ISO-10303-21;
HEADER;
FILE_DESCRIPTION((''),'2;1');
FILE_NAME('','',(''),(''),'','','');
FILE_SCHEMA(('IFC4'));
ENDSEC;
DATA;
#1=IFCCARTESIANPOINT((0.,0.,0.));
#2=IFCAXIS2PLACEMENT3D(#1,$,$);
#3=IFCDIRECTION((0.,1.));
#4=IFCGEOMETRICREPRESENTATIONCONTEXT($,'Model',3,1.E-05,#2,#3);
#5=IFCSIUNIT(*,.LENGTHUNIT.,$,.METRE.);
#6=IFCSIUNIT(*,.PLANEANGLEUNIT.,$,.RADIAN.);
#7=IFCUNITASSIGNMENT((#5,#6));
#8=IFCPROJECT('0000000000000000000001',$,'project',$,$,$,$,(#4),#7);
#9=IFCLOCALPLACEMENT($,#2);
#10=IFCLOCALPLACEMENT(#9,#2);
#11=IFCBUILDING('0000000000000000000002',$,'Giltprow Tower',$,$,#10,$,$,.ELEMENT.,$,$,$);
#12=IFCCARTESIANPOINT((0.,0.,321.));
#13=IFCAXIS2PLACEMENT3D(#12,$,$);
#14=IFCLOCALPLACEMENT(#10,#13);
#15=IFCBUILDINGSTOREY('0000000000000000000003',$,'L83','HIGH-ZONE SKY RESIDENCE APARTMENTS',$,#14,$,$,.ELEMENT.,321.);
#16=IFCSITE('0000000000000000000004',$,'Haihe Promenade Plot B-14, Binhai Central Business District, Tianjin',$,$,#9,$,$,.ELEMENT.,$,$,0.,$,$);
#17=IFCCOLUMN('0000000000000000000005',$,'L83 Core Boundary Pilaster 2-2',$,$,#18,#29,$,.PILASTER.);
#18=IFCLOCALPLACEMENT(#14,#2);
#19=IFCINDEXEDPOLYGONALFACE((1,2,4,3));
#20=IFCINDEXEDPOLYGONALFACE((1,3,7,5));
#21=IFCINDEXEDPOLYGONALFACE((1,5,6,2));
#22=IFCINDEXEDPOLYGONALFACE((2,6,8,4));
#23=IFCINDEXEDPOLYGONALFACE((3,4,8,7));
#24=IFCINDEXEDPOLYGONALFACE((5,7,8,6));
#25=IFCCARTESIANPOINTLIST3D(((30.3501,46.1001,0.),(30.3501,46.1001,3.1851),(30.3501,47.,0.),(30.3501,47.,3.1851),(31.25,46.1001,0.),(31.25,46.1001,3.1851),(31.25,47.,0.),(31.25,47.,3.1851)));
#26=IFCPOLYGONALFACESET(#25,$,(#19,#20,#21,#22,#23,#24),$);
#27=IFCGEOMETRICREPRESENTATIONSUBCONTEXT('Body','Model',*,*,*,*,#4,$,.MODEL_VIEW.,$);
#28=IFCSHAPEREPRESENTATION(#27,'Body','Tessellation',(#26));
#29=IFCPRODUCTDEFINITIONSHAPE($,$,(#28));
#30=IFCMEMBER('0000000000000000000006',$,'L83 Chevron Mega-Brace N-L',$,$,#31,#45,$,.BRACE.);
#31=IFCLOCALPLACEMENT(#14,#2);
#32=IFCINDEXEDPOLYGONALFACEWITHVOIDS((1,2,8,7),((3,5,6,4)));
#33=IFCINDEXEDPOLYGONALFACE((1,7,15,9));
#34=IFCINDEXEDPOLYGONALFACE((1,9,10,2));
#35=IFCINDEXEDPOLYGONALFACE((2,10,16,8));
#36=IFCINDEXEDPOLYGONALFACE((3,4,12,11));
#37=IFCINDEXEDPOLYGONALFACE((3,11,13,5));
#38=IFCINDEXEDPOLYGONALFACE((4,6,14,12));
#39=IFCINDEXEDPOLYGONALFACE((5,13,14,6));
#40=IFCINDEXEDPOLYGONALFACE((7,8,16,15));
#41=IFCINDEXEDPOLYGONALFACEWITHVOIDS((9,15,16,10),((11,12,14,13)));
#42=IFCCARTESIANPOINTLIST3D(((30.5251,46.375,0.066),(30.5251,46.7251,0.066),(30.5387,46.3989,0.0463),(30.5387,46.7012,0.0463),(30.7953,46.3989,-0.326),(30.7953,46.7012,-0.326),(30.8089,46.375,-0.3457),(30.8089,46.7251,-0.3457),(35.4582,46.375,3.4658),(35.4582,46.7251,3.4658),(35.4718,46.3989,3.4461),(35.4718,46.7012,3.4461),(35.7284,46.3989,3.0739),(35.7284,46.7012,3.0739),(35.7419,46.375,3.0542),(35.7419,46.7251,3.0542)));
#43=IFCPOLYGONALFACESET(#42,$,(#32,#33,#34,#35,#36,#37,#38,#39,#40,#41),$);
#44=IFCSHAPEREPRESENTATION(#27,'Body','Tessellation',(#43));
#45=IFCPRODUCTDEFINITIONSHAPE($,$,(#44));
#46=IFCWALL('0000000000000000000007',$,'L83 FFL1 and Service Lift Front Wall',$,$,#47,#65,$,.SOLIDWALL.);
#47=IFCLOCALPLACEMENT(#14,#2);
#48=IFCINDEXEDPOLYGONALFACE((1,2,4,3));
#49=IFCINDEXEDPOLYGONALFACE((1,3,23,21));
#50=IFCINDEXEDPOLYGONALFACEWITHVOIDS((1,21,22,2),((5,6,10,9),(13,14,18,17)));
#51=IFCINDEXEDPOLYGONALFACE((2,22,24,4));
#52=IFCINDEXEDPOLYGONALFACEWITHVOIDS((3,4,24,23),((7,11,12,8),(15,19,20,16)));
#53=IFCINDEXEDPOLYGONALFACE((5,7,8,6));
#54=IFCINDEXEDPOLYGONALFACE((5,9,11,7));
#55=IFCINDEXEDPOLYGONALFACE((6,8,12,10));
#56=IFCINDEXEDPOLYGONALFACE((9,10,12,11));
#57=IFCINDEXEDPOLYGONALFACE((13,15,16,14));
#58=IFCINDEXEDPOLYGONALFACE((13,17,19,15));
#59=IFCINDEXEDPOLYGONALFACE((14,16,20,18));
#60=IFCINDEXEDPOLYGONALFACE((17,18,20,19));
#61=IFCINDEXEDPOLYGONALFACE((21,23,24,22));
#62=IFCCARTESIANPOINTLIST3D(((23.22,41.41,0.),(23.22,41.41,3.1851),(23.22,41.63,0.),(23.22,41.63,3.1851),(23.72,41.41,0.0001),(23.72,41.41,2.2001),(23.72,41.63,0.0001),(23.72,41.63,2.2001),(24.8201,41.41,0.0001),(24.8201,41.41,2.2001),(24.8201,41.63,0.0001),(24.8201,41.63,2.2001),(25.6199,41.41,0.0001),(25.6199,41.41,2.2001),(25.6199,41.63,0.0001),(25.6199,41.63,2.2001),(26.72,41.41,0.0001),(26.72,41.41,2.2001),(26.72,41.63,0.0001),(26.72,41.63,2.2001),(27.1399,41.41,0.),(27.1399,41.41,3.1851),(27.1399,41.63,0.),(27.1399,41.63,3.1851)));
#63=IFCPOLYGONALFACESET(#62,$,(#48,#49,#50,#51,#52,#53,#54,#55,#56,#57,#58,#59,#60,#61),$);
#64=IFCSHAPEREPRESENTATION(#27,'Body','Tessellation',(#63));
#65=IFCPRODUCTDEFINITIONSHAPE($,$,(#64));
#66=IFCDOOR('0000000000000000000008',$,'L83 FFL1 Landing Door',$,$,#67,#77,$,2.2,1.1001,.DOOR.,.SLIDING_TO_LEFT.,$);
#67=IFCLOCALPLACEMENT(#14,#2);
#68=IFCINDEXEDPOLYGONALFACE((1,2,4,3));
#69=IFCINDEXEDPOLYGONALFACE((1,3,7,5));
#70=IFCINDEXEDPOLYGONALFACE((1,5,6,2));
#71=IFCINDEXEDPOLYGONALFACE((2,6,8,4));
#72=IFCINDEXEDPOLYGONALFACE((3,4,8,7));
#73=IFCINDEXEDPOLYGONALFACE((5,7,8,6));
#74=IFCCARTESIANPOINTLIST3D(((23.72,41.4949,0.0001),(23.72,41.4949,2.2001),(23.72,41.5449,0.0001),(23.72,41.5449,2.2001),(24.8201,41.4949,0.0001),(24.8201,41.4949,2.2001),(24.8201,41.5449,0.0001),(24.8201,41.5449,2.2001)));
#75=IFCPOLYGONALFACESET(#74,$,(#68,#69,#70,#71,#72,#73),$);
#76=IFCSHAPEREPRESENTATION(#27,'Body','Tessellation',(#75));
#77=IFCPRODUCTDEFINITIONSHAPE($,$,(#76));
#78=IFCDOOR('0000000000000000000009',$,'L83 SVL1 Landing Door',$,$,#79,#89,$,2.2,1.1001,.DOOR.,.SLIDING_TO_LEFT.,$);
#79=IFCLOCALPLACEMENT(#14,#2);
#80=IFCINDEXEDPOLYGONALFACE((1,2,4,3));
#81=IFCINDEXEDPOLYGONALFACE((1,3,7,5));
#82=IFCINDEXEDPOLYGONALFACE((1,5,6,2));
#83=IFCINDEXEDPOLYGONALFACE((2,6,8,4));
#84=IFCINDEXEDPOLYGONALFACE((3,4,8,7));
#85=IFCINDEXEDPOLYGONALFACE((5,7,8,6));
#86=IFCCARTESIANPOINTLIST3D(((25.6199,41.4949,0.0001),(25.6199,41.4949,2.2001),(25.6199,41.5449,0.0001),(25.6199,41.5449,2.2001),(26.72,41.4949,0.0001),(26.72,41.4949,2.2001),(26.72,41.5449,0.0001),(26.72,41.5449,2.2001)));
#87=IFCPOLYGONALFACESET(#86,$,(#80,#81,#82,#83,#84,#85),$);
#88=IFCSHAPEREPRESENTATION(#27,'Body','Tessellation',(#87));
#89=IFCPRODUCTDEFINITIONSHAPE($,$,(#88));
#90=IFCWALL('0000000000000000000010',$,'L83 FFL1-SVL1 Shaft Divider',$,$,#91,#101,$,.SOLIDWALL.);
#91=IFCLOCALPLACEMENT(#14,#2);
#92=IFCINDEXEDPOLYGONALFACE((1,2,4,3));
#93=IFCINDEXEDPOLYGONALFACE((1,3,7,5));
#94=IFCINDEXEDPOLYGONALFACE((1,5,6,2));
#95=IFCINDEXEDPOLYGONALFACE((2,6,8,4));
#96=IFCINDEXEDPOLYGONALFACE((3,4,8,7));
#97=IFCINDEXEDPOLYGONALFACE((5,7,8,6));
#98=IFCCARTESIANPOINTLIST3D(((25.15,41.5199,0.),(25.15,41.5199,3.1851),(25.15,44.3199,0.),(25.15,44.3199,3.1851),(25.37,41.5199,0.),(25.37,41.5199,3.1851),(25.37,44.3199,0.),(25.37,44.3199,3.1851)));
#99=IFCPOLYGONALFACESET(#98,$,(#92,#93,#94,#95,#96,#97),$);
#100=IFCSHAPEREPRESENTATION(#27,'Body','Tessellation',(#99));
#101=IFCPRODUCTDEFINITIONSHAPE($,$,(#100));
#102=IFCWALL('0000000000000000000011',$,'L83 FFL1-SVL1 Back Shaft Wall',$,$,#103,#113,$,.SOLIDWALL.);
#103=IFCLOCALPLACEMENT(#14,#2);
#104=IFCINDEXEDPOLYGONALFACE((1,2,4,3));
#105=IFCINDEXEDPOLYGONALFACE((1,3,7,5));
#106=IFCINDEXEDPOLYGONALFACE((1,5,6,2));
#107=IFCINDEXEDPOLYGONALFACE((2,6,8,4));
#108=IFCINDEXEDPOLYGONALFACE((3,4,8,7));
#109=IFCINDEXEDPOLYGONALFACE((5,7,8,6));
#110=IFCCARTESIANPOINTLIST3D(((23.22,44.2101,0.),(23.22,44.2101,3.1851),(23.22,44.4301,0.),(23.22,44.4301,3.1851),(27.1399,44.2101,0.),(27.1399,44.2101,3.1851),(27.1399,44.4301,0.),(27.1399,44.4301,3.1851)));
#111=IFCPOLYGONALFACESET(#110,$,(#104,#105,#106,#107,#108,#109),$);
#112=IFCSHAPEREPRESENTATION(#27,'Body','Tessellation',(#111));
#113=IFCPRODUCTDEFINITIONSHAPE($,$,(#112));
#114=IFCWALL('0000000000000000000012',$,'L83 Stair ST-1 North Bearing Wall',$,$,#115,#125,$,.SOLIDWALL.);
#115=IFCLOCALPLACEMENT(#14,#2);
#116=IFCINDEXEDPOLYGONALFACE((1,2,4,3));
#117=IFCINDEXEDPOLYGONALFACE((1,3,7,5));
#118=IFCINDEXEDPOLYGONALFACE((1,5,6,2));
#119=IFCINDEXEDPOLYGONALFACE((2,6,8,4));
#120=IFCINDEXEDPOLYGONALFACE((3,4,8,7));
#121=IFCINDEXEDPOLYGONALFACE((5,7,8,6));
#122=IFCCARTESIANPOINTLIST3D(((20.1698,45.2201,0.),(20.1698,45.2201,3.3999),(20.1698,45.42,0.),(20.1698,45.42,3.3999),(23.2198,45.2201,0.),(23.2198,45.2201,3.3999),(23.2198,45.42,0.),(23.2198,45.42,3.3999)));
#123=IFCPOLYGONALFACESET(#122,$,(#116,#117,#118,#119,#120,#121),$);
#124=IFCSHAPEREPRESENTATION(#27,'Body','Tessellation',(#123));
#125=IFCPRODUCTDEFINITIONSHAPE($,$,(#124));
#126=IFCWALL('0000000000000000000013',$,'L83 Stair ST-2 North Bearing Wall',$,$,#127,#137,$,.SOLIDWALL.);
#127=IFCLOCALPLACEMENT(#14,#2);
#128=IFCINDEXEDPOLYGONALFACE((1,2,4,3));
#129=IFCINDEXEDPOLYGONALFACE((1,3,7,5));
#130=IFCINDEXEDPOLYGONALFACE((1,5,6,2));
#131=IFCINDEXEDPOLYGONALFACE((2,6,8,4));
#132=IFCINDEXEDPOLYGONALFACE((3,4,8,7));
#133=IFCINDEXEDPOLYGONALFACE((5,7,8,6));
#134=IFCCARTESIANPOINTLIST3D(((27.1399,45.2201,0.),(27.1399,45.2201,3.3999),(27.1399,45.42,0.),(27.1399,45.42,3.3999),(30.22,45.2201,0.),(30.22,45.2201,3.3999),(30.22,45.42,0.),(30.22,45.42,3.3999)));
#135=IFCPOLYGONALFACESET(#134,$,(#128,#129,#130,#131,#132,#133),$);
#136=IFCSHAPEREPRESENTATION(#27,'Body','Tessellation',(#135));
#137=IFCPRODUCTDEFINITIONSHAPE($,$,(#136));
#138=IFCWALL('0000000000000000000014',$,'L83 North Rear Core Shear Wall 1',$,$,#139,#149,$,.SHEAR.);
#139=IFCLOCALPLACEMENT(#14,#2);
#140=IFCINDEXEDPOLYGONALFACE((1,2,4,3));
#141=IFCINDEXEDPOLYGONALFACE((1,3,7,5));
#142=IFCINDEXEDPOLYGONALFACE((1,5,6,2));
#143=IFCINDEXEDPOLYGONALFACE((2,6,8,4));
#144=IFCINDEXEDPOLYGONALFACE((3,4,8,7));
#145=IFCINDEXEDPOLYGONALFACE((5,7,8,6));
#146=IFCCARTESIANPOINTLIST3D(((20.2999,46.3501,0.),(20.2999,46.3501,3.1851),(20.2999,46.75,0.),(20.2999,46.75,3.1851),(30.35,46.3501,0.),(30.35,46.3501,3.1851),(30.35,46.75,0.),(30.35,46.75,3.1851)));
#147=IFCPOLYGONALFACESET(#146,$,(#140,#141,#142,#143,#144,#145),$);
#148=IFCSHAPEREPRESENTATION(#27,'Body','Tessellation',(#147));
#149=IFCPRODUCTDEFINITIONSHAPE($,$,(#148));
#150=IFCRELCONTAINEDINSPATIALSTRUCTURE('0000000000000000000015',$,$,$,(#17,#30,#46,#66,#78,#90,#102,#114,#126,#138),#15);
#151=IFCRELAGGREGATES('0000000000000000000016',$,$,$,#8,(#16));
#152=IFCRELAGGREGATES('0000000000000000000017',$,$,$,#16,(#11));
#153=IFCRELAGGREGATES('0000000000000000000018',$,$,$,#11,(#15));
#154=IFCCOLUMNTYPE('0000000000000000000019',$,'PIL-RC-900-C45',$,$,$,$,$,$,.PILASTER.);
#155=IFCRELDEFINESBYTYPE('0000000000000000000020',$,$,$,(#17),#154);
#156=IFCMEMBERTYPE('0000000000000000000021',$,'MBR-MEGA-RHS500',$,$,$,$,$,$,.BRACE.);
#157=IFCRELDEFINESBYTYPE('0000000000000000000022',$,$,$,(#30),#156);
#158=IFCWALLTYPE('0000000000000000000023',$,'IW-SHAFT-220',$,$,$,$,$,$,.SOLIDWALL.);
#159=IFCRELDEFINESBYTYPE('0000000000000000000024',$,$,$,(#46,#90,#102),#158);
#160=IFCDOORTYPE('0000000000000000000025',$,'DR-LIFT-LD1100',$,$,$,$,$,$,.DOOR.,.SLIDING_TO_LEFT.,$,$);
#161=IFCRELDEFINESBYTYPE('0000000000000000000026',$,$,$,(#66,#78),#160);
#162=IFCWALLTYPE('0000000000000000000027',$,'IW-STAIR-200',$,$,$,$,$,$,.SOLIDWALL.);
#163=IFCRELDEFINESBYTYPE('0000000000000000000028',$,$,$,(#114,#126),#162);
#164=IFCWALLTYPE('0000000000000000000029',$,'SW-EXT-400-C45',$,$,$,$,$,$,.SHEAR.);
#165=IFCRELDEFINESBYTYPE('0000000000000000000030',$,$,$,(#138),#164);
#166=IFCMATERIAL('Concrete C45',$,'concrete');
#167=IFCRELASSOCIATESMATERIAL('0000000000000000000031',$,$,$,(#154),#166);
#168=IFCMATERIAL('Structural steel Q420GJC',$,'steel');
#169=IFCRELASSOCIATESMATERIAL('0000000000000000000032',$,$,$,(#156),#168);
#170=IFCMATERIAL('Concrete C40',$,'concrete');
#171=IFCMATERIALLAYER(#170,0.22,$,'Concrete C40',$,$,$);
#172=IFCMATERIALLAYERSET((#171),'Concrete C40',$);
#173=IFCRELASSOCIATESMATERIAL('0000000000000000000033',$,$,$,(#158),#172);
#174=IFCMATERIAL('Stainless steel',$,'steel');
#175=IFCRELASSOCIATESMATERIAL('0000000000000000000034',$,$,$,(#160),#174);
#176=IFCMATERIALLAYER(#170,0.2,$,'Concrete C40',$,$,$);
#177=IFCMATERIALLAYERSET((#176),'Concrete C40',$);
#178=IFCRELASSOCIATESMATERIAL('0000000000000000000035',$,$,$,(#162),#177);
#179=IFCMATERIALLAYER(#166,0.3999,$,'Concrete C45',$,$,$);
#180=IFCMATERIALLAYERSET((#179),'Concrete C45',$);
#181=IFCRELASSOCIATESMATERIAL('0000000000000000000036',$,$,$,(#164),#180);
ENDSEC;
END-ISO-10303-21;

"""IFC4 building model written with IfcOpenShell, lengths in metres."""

from ifc_helpers import new_model, si_unit, direction, frame, frame_2d, origin, origin_2d, place, context, subcontext, project, spatial, rectangle, hollow_rectangle, extrude, source, transform, mapped, material, layer, layer_set, material_profile, profile_set, type_object, element, fill, save


model = new_model("IFC4")

# Units and contexts
model_context = context("Model", 3, precision=1e-05, world=origin(), true_north=direction((0.0, 1.0)))
body_context = subcontext(model_context, "Body", "Model", "MODEL_VIEW")
ifc_project = project(units=[si_unit("LENGTHUNIT", "METRE"), si_unit("PLANEANGLEUNIT", "RADIAN")], contexts=[model_context])

# Site, building, storey
site_placement = place(None, origin())
site = spatial("IfcSite", under=ifc_project, at=site_placement, Name="Haihe Promenade Plot B-14, Binhai Central Business District, Tianjin", CompositionType="ELEMENT", RefElevation=0.0)
building_placement = place(site_placement, origin())
building = spatial("IfcBuilding", under=site, at=building_placement, Name="Giltprow Tower", CompositionType="ELEMENT")
storey_placement = place(building_placement, frame((0.0, 0.0, 321.0)))
storey = spatial("IfcBuildingStorey", under=building, at=storey_placement, Name="L83", Description="HIGH-ZONE SKY RESIDENCE APARTMENTS", CompositionType="ELEMENT", Elevation=321.0)

# Column
ifc_material_1 = material(Name="Concrete C45", Category="concrete")
ifc_material_profile_1 = material_profile(ifc_material_1, rectangle(XDim=0.8999, YDim=0.8999, at=origin_2d()), Name="RC 900x900")
ifc_profile_set_1 = profile_set([ifc_material_profile_1], Name="Concrete C45")
column_type = type_object("IfcColumnType", Name="PIL-RC-900-C45", PredefinedType="PILASTER", material=ifc_profile_set_1)
shared_shape_1 = source(origin(), body_context, "Body", "SweptSolid", [
    extrude(rectangle(XDim=0.8999, YDim=0.8999, at=origin_2d()), origin(), (0.0, 0.0, 1.0), 3.1851),
])
column_placement = place(storey_placement, frame((30.8, 46.55, 0.0), z_axis=(0.0, 0.0, 1.0), x_axis=(1.0, 0.0, 0.0)))
element("IfcColumn", 1, at=column_placement, inside=storey, type_object=column_type, Name="L83 Core Boundary Pilaster 2-2", PredefinedType="PILASTER", context=body_context, shape_type="MappedRepresentation", body=[
    mapped(shared_shape_1, transform((0.0, 0.0, 0.0), x_axis=(1.0, 0.0, 0.0), y_axis=(0.0, 1.0, 0.0), z_axis=(0.0, 0.0, 1.0), scale=1.0)),
])

# Member
ifc_material_2 = material(Name="Structural steel Q420GJC", Category="steel")
ifc_material_profile_2 = material_profile(ifc_material_2, hollow_rectangle(XDim=0.3501, YDim=0.5, WallThickness=0.0239, at=origin_2d()), Name="RHS 500x350x24")
ifc_profile_set_2 = profile_set([ifc_material_profile_2], Name="Structural steel Q420GJC")
member_type = type_object("IfcMemberType", Name="MBR-MEGA-RHS500", PredefinedType="BRACE", material=ifc_profile_set_2)
shared_shape_2 = source(origin(), body_context, "Body", "SweptSolid", [
    extrude(hollow_rectangle(XDim=0.3501, YDim=0.5, WallThickness=0.0239, at=origin_2d()), origin(), (0.0, 0.0, 1.0), 5.9912),
])
member_placement = place(storey_placement, frame((30.667, 46.55, -0.1399), z_axis=(0.823387, 0.0, 0.56748), x_axis=(0.0, 1.0, 0.0)))
element("IfcMember", 2, at=member_placement, inside=storey, type_object=member_type, Name="L83 Chevron Mega-Brace N-L", PredefinedType="BRACE", context=body_context, shape_type="MappedRepresentation", body=[
    mapped(shared_shape_2, transform((0.0, 0.0, 0.0), x_axis=(1.0, 0.0, 0.0), y_axis=(0.0, 1.0, 0.0), z_axis=(0.0, 0.0, 1.0), scale=1.0)),
])

# Wall, openings, doors
ifc_material_3 = material(Name="Concrete C40", Category="concrete")
ifc_layer_1 = layer(ifc_material_3, 0.22, Name="Concrete C40")
ifc_layer_set_1 = layer_set([ifc_layer_1], Name="Concrete C40")
wall_type_1 = type_object("IfcWallType", Name="IW-SHAFT-220", PredefinedType="SOLIDWALL", material=ifc_layer_set_1)
wall_1_placement = place(storey_placement, frame((23.22, 41.52, 0.0), z_axis=(0.0, 0.0, 1.0), x_axis=(1.0, 0.0, 0.0)))
wall_1 = element("IfcWall", 3, at=wall_1_placement, inside=storey, type_object=wall_type_1, Name="L83 FFL1 and Service Lift Front Wall", PredefinedType="SOLIDWALL", context=body_context, shape_type="SweptSolid", body=[
    extrude(rectangle(XDim=3.9199, YDim=0.22, at=frame_2d((1.96, 0.0))), origin(), (0.0, 0.0, 1.0), 3.1851),
])
opening_1_placement = place(wall_1_placement, frame((0.5, 0.0, 0.0)))
opening_1 = element("IfcOpeningElement", 4, at=opening_1_placement, cuts=wall_1, PredefinedType="OPENING", context=body_context, shape_type="SweptSolid", body=[
    extrude(rectangle(XDim=1.1001, YDim=2.2, at=frame_2d((0.55, 1.1001))), frame((0.0, 0.1199, 0.0), z_axis=(0.0, -1.0, 0.0), x_axis=(1.0, 0.0, 0.0)), (0.0, 0.0, 1.0), 0.24),
])
opening_2_placement = place(wall_1_placement, frame((2.3999, 0.0, 0.0)))
opening_2 = element("IfcOpeningElement", 5, at=opening_2_placement, cuts=wall_1, PredefinedType="OPENING", context=body_context, shape_type="SweptSolid", body=[
    extrude(rectangle(XDim=1.1001, YDim=2.2, at=frame_2d((0.55, 1.1001))), frame((0.0, 0.1199, 0.0), z_axis=(0.0, -1.0, 0.0), x_axis=(1.0, 0.0, 0.0)), (0.0, 0.0, 1.0), 0.24),
])
ifc_material_4 = material(Name="Stainless steel", Category="steel")
door_type = type_object("IfcDoorType", Name="DR-LIFT-LD1100", OperationType="SLIDING_TO_LEFT", PredefinedType="DOOR", material=ifc_material_4)
shared_shape_3 = source(origin(), body_context, "Body", "SweptSolid", [
    extrude(rectangle(XDim=1.1001, YDim=2.2, at=frame_2d((0.55, 1.1001))), frame((0.0, 0.0249, 0.0), z_axis=(0.0, -1.0, 0.0), x_axis=(1.0, 0.0, 0.0)), (0.0, 0.0, 1.0), 0.05),
])
door_1_placement = place(opening_1_placement, origin())
door_1 = element("IfcDoor", 6, at=door_1_placement, inside=storey, type_object=door_type, Name="L83 FFL1 Landing Door", OperationType="SLIDING_TO_LEFT", OverallHeight=2.2, OverallWidth=1.1001, PredefinedType="DOOR", context=body_context, shape_type="MappedRepresentation", body=[
    mapped(shared_shape_3, transform((0.0, 0.0, 0.0), x_axis=(1.0, 0.0, 0.0), y_axis=(0.0, 1.0, 0.0), z_axis=(0.0, 0.0, 1.0), scale=1.0)),
])
fill(opening_1, door_1)
door_2_placement = place(opening_2_placement, origin())
door_2 = element("IfcDoor", 7, at=door_2_placement, inside=storey, type_object=door_type, Name="L83 SVL1 Landing Door", OperationType="SLIDING_TO_LEFT", OverallHeight=2.2, OverallWidth=1.1001, PredefinedType="DOOR", context=body_context, shape_type="MappedRepresentation", body=[
    mapped(shared_shape_3, transform((0.0, 0.0, 0.0), x_axis=(1.0, 0.0, 0.0), y_axis=(0.0, 1.0, 0.0), z_axis=(0.0, 0.0, 1.0), scale=1.0)),
])
fill(opening_2, door_2)

# Walls
wall_2_placement = place(storey_placement, frame((25.26, 41.52, 0.0), z_axis=(0.0, 0.0, 1.0), x_axis=(0.0, 1.0, 0.0)))
element("IfcWall", 8, at=wall_2_placement, inside=storey, type_object=wall_type_1, Name="L83 FFL1-SVL1 Shaft Divider", PredefinedType="SOLIDWALL", context=body_context, shape_type="SweptSolid", body=[
    extrude(rectangle(XDim=2.8, YDim=0.22, at=frame_2d((1.3999, 0.0))), origin(), (0.0, 0.0, 1.0), 3.1851),
])
wall_3_placement = place(storey_placement, frame((23.22, 44.3201, 0.0), z_axis=(0.0, 0.0, 1.0), x_axis=(1.0, 0.0, 0.0)))
element("IfcWall", 9, at=wall_3_placement, inside=storey, type_object=wall_type_1, Name="L83 FFL1-SVL1 Back Shaft Wall", PredefinedType="SOLIDWALL", context=body_context, shape_type="SweptSolid", body=[
    extrude(rectangle(XDim=3.9199, YDim=0.22, at=frame_2d((1.96, 0.0))), origin(), (0.0, 0.0, 1.0), 3.1851),
])
ifc_layer_2 = layer(ifc_material_3, 0.2, Name="Concrete C40")
ifc_layer_set_2 = layer_set([ifc_layer_2], Name="Concrete C40")
wall_type_2 = type_object("IfcWallType", Name="IW-STAIR-200", PredefinedType="SOLIDWALL", material=ifc_layer_set_2)
wall_4_placement = place(storey_placement, frame((20.1699, 45.3201, 0.0), z_axis=(0.0, 0.0, 1.0), x_axis=(1.0, 0.0, 0.0)))
element("IfcWall", 10, at=wall_4_placement, inside=storey, type_object=wall_type_2, Name="L83 Stair ST-1 North Bearing Wall", PredefinedType="SOLIDWALL", context=body_context, shape_type="SweptSolid", body=[
    extrude(rectangle(XDim=3.05, YDim=0.2, at=frame_2d((1.5249, 0.0))), origin(), (0.0, 0.0, 1.0), 3.3999),
])
wall_5_placement = place(storey_placement, frame((27.1399, 45.3201, 0.0), z_axis=(0.0, 0.0, 1.0), x_axis=(1.0, 0.0, 0.0)))
element("IfcWall", 11, at=wall_5_placement, inside=storey, type_object=wall_type_2, Name="L83 Stair ST-2 North Bearing Wall", PredefinedType="SOLIDWALL", context=body_context, shape_type="SweptSolid", body=[
    extrude(rectangle(XDim=3.0801, YDim=0.2, at=frame_2d((1.54, 0.0))), origin(), (0.0, 0.0, 1.0), 3.3999),
])
ifc_layer_3 = layer(ifc_material_1, 0.3999, Name="Concrete C45")
ifc_layer_set_3 = layer_set([ifc_layer_3], Name="Concrete C45")
wall_type_3 = type_object("IfcWallType", Name="SW-EXT-400-C45", PredefinedType="SHEAR", material=ifc_layer_set_3)
wall_6_placement = place(storey_placement, frame((20.3, 46.55, 0.0), z_axis=(0.0, 0.0, 1.0), x_axis=(1.0, 0.0, 0.0)))
element("IfcWall", 12, at=wall_6_placement, inside=storey, type_object=wall_type_3, Name="L83 North Rear Core Shear Wall 1", PredefinedType="SHEAR", context=body_context, shape_type="SweptSolid", body=[
    extrude(rectangle(XDim=10.05, YDim=0.3999, at=frame_2d((5.0249, 0.0))), origin(), (0.0, 0.0, 1.0), 3.1851),
])

save(model, "model.ifc")
